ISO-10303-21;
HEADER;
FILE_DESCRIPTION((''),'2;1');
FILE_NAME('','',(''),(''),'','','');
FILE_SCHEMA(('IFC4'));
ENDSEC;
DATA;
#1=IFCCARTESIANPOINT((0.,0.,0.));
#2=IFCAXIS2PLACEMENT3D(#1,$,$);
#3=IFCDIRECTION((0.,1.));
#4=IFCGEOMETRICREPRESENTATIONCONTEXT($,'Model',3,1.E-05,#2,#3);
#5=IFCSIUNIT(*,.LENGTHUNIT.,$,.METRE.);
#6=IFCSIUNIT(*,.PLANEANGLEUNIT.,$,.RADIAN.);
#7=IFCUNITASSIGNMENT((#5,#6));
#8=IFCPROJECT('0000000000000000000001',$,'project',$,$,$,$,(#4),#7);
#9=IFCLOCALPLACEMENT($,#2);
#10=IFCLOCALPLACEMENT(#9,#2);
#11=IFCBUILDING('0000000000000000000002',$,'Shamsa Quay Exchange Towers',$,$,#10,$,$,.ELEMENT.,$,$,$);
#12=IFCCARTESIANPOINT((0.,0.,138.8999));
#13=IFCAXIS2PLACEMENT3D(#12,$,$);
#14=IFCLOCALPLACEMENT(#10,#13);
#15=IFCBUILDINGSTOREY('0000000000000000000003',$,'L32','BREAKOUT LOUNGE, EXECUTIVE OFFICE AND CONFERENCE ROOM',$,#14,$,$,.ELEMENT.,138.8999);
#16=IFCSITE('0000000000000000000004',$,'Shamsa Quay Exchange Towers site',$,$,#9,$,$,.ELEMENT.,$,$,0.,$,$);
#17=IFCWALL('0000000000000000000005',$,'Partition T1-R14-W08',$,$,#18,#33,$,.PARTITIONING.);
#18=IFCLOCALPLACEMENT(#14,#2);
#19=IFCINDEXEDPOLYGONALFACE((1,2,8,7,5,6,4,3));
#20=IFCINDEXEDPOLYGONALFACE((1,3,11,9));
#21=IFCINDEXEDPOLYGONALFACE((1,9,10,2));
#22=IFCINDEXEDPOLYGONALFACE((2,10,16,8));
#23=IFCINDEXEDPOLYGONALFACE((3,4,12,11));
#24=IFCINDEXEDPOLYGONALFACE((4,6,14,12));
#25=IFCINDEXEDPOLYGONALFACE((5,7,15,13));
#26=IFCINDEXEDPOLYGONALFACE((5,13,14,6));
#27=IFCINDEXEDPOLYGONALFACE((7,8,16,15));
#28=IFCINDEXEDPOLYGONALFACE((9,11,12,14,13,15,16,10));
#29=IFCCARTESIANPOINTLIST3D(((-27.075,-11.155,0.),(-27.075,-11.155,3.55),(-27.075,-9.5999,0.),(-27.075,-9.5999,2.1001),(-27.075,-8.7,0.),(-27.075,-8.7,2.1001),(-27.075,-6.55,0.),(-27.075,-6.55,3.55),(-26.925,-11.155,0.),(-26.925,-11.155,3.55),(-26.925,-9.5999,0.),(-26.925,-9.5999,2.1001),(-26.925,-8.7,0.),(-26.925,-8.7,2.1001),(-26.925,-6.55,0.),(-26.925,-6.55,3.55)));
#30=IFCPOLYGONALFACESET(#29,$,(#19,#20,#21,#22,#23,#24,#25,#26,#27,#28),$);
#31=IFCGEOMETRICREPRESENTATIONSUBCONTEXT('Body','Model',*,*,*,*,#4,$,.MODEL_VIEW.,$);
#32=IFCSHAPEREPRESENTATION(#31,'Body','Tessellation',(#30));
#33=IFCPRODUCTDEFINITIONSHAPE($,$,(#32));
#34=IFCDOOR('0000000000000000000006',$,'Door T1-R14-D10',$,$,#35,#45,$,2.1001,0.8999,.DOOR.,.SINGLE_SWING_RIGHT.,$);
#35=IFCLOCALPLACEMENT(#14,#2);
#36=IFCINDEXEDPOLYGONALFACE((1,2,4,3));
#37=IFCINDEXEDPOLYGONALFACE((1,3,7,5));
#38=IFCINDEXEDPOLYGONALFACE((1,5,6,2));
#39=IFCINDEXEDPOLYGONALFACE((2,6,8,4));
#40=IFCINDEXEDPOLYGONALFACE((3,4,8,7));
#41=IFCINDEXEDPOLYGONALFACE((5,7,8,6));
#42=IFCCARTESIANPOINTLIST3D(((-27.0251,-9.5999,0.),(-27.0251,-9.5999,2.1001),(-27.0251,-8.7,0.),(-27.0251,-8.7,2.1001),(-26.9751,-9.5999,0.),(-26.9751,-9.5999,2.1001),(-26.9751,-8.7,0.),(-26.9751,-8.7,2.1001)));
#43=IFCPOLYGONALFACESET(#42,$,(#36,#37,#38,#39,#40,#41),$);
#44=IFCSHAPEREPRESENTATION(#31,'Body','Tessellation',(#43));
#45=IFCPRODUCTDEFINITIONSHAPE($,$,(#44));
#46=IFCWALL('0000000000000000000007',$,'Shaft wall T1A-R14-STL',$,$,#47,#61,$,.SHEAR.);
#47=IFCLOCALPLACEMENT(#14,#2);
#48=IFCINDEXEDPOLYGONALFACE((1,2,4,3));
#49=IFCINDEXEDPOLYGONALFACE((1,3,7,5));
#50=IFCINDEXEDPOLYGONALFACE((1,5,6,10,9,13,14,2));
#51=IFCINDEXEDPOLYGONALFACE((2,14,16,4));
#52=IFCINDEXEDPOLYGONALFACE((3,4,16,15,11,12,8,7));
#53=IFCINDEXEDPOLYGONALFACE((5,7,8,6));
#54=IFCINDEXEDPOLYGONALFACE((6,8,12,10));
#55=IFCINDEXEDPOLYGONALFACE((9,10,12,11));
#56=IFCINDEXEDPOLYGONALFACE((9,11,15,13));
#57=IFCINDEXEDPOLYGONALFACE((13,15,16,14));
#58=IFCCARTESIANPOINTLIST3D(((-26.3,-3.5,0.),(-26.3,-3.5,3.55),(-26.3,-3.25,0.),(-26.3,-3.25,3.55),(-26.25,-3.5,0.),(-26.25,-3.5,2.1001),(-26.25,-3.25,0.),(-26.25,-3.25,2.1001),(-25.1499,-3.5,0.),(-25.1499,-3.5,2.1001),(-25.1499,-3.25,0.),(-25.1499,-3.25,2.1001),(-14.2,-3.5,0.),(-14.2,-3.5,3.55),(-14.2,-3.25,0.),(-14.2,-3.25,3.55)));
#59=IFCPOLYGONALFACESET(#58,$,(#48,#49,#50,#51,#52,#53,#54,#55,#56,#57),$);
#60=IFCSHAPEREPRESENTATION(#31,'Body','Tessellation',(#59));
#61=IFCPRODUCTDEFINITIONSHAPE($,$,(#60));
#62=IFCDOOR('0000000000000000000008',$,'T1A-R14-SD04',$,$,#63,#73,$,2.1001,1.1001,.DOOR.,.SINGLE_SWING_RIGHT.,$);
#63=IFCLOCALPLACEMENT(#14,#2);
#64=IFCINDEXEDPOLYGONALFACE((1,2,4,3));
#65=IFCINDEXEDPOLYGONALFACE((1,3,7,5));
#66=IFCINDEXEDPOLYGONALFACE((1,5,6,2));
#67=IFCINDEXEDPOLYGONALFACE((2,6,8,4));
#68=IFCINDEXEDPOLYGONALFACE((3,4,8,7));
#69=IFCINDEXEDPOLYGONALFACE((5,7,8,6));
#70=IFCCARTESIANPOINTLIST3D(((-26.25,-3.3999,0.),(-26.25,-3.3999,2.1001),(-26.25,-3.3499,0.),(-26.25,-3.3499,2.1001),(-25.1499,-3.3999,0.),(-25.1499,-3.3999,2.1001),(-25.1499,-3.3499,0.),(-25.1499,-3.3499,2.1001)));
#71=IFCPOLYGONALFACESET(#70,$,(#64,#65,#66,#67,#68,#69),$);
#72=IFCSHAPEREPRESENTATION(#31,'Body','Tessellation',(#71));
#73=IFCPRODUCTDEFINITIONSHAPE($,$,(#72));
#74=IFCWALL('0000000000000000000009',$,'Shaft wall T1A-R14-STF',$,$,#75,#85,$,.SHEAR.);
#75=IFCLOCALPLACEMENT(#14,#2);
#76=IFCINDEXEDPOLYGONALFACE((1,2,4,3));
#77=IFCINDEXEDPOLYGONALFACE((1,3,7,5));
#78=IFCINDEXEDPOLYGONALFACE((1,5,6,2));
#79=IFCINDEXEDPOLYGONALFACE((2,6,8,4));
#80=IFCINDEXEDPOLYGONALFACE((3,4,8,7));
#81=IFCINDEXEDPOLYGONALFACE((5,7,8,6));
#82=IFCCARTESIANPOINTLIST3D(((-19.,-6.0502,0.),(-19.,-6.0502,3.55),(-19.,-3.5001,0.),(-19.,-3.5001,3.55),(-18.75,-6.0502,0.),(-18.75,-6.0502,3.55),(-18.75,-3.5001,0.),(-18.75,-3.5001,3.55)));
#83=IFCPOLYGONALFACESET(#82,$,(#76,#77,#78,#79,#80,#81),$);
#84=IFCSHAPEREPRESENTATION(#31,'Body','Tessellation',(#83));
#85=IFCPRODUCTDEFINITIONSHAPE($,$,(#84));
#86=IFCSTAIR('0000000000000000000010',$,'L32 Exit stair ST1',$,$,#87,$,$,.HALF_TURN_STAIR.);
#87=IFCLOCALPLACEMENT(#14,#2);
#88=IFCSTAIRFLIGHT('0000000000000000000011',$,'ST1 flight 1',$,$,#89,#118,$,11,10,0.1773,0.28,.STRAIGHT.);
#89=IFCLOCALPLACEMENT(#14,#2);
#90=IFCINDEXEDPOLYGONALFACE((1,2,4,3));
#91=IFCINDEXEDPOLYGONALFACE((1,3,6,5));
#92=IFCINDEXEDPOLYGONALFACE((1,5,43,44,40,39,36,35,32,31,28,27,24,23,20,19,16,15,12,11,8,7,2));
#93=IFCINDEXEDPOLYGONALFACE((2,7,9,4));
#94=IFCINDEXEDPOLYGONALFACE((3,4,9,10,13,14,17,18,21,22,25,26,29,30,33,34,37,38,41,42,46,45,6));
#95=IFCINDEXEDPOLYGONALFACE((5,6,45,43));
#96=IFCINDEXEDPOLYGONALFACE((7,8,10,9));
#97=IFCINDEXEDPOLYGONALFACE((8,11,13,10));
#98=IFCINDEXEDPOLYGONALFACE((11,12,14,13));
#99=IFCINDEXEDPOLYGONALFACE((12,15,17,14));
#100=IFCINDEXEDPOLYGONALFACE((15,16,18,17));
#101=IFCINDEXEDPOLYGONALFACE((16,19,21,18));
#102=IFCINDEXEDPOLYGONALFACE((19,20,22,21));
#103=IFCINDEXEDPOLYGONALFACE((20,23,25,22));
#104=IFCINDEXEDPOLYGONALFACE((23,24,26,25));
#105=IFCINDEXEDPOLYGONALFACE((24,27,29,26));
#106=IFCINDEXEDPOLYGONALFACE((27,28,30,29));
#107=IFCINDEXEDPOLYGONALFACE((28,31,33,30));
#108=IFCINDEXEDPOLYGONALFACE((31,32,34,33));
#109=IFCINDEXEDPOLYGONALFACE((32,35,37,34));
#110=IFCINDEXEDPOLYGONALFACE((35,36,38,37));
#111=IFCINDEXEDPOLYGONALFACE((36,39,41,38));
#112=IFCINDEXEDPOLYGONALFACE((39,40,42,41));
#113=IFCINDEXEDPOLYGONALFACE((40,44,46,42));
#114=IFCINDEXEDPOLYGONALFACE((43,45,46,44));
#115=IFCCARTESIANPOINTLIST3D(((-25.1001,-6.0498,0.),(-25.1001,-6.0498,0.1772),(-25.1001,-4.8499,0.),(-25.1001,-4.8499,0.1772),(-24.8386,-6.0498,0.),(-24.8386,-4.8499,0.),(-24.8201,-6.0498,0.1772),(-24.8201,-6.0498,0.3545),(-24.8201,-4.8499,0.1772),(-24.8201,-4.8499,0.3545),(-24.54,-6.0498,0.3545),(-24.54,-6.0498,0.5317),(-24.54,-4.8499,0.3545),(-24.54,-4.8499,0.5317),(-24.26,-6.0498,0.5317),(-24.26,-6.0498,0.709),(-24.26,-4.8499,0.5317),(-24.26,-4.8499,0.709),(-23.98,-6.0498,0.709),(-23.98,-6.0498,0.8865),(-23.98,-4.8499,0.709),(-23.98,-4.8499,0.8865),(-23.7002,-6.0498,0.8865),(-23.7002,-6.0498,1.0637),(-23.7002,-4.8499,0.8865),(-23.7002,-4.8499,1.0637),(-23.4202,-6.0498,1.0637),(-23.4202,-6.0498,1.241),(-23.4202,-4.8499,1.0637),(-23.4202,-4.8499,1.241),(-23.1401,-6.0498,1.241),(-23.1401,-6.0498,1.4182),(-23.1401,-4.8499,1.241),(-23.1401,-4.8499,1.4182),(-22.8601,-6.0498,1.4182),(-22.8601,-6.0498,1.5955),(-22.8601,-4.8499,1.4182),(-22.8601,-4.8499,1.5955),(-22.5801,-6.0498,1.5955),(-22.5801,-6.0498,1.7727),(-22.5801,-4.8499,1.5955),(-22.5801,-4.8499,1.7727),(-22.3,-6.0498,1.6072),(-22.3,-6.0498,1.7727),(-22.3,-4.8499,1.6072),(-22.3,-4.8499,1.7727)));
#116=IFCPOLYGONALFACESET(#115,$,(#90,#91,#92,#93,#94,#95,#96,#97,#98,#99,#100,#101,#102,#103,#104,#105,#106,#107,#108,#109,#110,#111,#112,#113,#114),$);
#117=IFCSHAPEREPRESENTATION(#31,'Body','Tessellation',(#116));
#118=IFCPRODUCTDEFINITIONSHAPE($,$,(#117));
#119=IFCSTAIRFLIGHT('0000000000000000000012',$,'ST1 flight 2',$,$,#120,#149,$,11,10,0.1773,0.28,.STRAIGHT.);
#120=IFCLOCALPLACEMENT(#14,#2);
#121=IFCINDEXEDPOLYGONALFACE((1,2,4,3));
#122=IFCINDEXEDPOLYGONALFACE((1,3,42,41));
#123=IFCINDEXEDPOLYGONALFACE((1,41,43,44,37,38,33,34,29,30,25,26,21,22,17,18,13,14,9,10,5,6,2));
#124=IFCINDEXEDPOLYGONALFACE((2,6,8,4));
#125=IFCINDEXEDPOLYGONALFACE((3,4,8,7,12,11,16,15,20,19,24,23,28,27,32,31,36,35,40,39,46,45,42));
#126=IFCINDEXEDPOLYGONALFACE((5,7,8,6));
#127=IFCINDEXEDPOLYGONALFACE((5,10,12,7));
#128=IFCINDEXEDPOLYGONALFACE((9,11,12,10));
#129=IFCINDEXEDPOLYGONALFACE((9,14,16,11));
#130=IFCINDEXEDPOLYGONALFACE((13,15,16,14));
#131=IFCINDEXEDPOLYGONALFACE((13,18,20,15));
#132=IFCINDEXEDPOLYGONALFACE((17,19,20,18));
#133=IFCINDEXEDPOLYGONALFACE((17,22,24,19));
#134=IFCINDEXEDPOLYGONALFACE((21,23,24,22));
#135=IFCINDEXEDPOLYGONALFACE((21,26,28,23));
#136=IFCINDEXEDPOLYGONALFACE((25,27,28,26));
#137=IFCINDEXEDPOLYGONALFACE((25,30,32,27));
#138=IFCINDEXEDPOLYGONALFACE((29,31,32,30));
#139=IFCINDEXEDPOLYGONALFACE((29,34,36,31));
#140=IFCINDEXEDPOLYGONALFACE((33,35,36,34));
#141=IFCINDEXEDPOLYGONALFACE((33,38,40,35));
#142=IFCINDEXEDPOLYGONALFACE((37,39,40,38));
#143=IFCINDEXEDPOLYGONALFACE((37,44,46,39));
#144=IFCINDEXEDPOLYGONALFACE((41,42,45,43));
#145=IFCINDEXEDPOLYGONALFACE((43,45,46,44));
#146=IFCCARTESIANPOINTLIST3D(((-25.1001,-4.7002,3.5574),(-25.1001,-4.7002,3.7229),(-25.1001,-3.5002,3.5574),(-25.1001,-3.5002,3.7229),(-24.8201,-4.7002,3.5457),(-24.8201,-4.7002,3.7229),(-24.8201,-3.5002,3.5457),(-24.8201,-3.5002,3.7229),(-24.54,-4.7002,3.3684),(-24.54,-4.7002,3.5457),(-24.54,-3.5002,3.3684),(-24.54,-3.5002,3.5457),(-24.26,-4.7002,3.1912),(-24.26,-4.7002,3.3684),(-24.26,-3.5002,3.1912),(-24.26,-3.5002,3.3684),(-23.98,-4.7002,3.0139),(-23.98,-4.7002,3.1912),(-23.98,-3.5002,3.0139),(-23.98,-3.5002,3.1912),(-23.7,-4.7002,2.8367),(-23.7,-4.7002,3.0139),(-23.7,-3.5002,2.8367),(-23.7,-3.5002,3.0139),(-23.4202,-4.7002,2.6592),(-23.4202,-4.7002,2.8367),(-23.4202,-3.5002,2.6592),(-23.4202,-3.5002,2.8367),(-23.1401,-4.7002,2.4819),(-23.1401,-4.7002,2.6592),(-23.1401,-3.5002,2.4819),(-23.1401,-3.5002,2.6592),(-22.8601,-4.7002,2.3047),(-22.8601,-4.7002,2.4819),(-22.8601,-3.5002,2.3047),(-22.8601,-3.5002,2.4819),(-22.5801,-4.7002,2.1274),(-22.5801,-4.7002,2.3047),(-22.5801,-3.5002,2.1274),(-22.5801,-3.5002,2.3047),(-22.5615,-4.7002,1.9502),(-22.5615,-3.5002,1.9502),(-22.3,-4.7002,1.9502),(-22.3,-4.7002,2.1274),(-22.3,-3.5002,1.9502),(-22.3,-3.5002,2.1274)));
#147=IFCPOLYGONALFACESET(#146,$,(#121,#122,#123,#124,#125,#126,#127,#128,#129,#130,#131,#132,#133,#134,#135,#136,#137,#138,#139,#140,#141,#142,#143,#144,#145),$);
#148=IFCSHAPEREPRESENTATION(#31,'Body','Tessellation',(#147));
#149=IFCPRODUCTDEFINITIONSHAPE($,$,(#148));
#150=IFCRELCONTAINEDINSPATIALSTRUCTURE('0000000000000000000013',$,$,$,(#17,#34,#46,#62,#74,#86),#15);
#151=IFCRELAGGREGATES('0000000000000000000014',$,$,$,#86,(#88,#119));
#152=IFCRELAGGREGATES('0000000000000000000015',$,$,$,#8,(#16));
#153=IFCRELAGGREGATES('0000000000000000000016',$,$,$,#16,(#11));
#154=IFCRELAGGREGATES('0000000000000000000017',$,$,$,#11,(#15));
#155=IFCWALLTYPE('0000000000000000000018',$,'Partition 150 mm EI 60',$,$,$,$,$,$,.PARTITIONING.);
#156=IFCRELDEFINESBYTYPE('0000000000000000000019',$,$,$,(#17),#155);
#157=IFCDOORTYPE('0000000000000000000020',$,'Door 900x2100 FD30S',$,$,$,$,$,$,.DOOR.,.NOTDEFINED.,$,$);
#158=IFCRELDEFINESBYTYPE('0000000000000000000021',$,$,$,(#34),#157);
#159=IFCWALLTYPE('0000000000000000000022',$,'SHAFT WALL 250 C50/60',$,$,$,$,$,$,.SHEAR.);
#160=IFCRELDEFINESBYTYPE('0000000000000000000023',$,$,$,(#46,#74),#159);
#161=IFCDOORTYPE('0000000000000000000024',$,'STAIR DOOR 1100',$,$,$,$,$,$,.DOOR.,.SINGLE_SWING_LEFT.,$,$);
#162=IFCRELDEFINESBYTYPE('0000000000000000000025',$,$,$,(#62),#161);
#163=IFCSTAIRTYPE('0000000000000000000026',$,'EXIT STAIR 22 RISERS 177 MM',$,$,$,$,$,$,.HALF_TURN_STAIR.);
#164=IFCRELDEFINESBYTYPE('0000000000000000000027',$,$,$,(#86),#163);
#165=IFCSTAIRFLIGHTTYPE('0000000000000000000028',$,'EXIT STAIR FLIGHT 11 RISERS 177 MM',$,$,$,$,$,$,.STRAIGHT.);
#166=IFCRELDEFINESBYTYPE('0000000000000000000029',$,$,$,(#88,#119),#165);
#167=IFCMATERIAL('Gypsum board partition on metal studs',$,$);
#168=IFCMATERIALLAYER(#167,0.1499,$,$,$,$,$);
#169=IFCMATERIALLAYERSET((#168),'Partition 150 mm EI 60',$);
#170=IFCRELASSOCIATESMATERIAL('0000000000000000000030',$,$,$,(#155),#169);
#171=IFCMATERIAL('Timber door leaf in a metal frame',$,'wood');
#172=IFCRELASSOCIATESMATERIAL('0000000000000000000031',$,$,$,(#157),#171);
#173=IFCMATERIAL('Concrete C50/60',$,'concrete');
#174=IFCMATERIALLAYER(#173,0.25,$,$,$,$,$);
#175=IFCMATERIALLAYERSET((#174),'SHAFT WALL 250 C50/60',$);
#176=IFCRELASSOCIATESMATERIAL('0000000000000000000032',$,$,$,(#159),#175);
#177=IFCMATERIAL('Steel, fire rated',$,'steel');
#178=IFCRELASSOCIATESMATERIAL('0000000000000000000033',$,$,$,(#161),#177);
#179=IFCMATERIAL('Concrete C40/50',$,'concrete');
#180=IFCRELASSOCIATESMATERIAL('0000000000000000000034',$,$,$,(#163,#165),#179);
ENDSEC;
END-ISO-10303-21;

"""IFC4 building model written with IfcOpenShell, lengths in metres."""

from ifc_helpers import new_model, si_unit, direction, frame, frame_2d, origin, place, context, subcontext, project, spatial, polyline, rectangle, outline, extrude, material, layer, layer_set, type_object, element, fill, aggregate, save


model = new_model("IFC4")

# Units and contexts
model_context = context("Model", 3, precision=1e-05, world=origin(), true_north=direction((0.0, 1.0)))
body_context = subcontext(model_context, "Body", "Model", "MODEL_VIEW")
ifc_project = project(units=[si_unit("LENGTHUNIT", "METRE"), si_unit("PLANEANGLEUNIT", "RADIAN")], contexts=[model_context])

# Site, building, storey
site_placement = place(None, origin())
site = spatial("IfcSite", under=ifc_project, at=site_placement, Name="Shamsa Quay Exchange Towers site", CompositionType="ELEMENT", RefElevation=0.0)
building_placement = place(site_placement, origin())
building = spatial("IfcBuilding", under=site, at=building_placement, Name="Shamsa Quay Exchange Towers", CompositionType="ELEMENT")
storey_placement = place(building_placement, frame((0.0, 0.0, 138.8999)))
storey = spatial("IfcBuildingStorey", under=building, at=storey_placement, Name="L32", Description="BREAKOUT LOUNGE, EXECUTIVE OFFICE AND CONFERENCE ROOM", CompositionType="ELEMENT", Elevation=138.8999)

# Walls, openings, doors
ifc_material_1 = material(Name="Gypsum board partition on metal studs")
ifc_layer_1 = layer(ifc_material_1, 0.1499)
ifc_layer_set_1 = layer_set([ifc_layer_1], Name="Partition 150 mm EI 60")
wall_type_1 = type_object("IfcWallType", Name="Partition 150 mm EI 60", PredefinedType="PARTITIONING", material=ifc_layer_set_1)
wall_1_placement = place(storey_placement, frame((-27.0, -6.55, 0.0), z_axis=(0.0, 0.0, 1.0), x_axis=(0.0, -1.0, 0.0)))
wall_1 = element("IfcWall", 1, at=wall_1_placement, inside=storey, type_object=wall_type_1, Name="Partition T1-R14-W08", PredefinedType="PARTITIONING", context=body_context, shape_type="SweptSolid", body=[
    extrude(rectangle(XDim=4.605, YDim=0.1499, at=frame_2d((2.3025, 0.0))), origin(), (0.0, 0.0, 1.0), 3.55),
])
opening_1_placement = place(wall_1_placement, frame((2.1499, 0.0, 0.0)))
opening_1 = element("IfcOpeningElement", 2, at=opening_1_placement, cuts=wall_1, PredefinedType="OPENING", context=body_context, shape_type="SweptSolid", body=[
    extrude(rectangle(XDim=0.8999, YDim=2.1001, at=frame_2d((0.45, 1.05))), frame((0.0, 0.085, 0.0), z_axis=(0.0, -1.0, 0.0), x_axis=(1.0, 0.0, 0.0)), (0.0, 0.0, 1.0), 0.1699),
])
ifc_material_2 = material(Name="Timber door leaf in a metal frame", Category="wood")
door_type_1 = type_object("IfcDoorType", Name="Door 900x2100 FD30S", OperationType="NOTDEFINED", PredefinedType="DOOR", material=ifc_material_2)
door_1_placement = place(opening_1_placement, origin())
door_1 = element("IfcDoor", 3, at=door_1_placement, inside=storey, type_object=door_type_1, Name="Door T1-R14-D10", OperationType="SINGLE_SWING_RIGHT", OverallHeight=2.1001, OverallWidth=0.8999, PredefinedType="DOOR", context=body_context, shape_type="SweptSolid", body=[
    extrude(rectangle(XDim=0.8999, YDim=2.1001, at=frame_2d((0.45, 1.05))), frame((0.0, 0.0249, 0.0), z_axis=(0.0, -1.0, 0.0), x_axis=(1.0, 0.0, 0.0)), (0.0, 0.0, 1.0), 0.05),
])
fill(opening_1, door_1)
ifc_material_3 = material(Name="Concrete C50/60", Category="concrete")
ifc_layer_2 = layer(ifc_material_3, 0.25)
ifc_layer_set_2 = layer_set([ifc_layer_2], Name="SHAFT WALL 250 C50/60")
wall_type_2 = type_object("IfcWallType", Name="SHAFT WALL 250 C50/60", PredefinedType="SHEAR", material=ifc_layer_set_2)
wall_2_placement = place(storey_placement, frame((-14.2, -3.375, 0.0), z_axis=(0.0, 0.0, 1.0), x_axis=(-1.0, 0.0, 0.0)))
wall_2 = element("IfcWall", 4, at=wall_2_placement, inside=storey, type_object=wall_type_2, Name="Shaft wall T1A-R14-STL", PredefinedType="SHEAR", context=body_context, shape_type="SweptSolid", body=[
    extrude(rectangle(XDim=12.1001, YDim=0.25, at=frame_2d((6.05, 0.0))), origin(), (0.0, 0.0, 1.0), 3.55),
])
opening_2_placement = place(wall_2_placement, frame((10.95, 0.0, 0.0)))
opening_2 = element("IfcOpeningElement", 5, at=opening_2_placement, cuts=wall_2, PredefinedType="OPENING", context=body_context, shape_type="SweptSolid", body=[
    extrude(rectangle(XDim=1.1001, YDim=2.1001, at=frame_2d((0.55, 1.05))), frame((0.0, 0.135, 0.0), z_axis=(0.0, -1.0, 0.0), x_axis=(1.0, 0.0, 0.0)), (0.0, 0.0, 1.0), 0.27),
])
ifc_material_4 = material(Name="Steel, fire rated", Category="steel")
door_type_2 = type_object("IfcDoorType", Name="STAIR DOOR 1100", OperationType="SINGLE_SWING_LEFT", PredefinedType="DOOR", material=ifc_material_4)
door_2_placement = place(opening_2_placement, origin())
door_2 = element("IfcDoor", 6, at=door_2_placement, inside=storey, type_object=door_type_2, Name="T1A-R14-SD04", OperationType="SINGLE_SWING_RIGHT", OverallHeight=2.1001, OverallWidth=1.1001, PredefinedType="DOOR", context=body_context, shape_type="SweptSolid", body=[
    extrude(rectangle(XDim=1.1001, YDim=2.1001, at=frame_2d((0.55, 1.05))), frame((0.0, 0.0249, 0.0), z_axis=(0.0, -1.0, 0.0), x_axis=(1.0, 0.0, 0.0)), (0.0, 0.0, 1.0), 0.05),
])
fill(opening_2, door_2)

# Wall
wall_3_placement = place(storey_placement, frame((-18.875, -6.05, 0.0), z_axis=(0.0, 0.0, 1.0), x_axis=(0.0, 1.0, 0.0)))
element("IfcWall", 7, at=wall_3_placement, inside=storey, type_object=wall_type_2, Name="Shaft wall T1A-R14-STF", PredefinedType="SHEAR", context=body_context, shape_type="SweptSolid", body=[
    extrude(rectangle(XDim=2.55, YDim=0.25, at=frame_2d((1.2749, 0.0))), origin(), (0.0, 0.0, 1.0), 3.55),
])

# Stair, stair flights
ifc_material_5 = material(Name="Concrete C40/50", Category="concrete")
stair_type = type_object("IfcStairType", Name="EXIT STAIR 22 RISERS 177 MM", PredefinedType="HALF_TURN_STAIR", material=ifc_material_5)
stair_placement = place(storey_placement, origin())
stair = element("IfcStair", 8, at=stair_placement, inside=storey, type_object=stair_type, Name="L32 Exit stair ST1", PredefinedType="HALF_TURN_STAIR")
stair_flight_type = type_object("IfcStairFlightType", Name="EXIT STAIR FLIGHT 11 RISERS 177 MM", PredefinedType="STRAIGHT", material=ifc_material_5)
stair_flight_1_placement = place(storey_placement, frame((-25.1001, -5.45, 0.0)))
stair_flight_1 = element("IfcStairFlight", 9, at=stair_flight_1_placement, type_object=stair_flight_type, Name="ST1 flight 1", NumberOfRisers=11, NumberOfTreads=10, PredefinedType="STRAIGHT", RiserHeight=0.1773, TreadLength=0.28, context=body_context, shape_type="SweptSolid", body=[
    extrude(outline(polyline([(0.0, 0.0), (0.0, 0.1772), (0.28, 0.1772), (0.28, 0.3545), (0.5601, 0.3545), (0.5601, 0.5317), (0.8401, 0.5317), (0.8401, 0.709), (1.1201, 0.709), (1.1201, 0.8865), (1.3999, 0.8865), (1.3999, 1.0637), (1.6799, 1.0637), (1.6799, 1.241), (1.96, 1.241), (1.96, 1.4182), (2.24, 1.4182), (2.24, 1.5955), (2.52, 1.5955), (2.52, 1.7727), (2.8, 1.7727), (2.8, 1.95), (2.8, 1.6072), (0.2615, 0.0), (0.0, 0.0)])), frame((0.0, 0.6001, 0.0), z_axis=(0.0, -1.0, 0.0), x_axis=(1.0, 0.0, 0.0)), (0.0, 0.0, 1.0), 1.2),
])
stair_flight_2_placement = place(storey_placement, frame((-22.3, -4.1001, 1.9502), z_axis=(0.0, 0.0, 1.0), x_axis=(-1.0, 0.0, 0.0)))
stair_flight_2 = element("IfcStairFlight", 10, at=stair_flight_2_placement, type_object=stair_flight_type, Name="ST1 flight 2", NumberOfRisers=11, NumberOfTreads=10, PredefinedType="STRAIGHT", RiserHeight=0.1773, TreadLength=0.28, context=body_context, shape_type="SweptSolid", body=[
    extrude(outline(polyline([(0.0, 0.0), (0.0, 0.1772), (0.28, 0.1772), (0.28, 0.3545), (0.5601, 0.3545), (0.5601, 0.5317), (0.8401, 0.5317), (0.8401, 0.709), (1.1201, 0.709), (1.1201, 0.8865), (1.3999, 0.8865), (1.3999, 1.0637), (1.6799, 1.0637), (1.6799, 1.241), (1.96, 1.241), (1.96, 1.4182), (2.24, 1.4182), (2.24, 1.5955), (2.52, 1.5955), (2.52, 1.7727), (2.8, 1.7727), (2.8, 1.95), (2.8, 1.6072), (0.2615, 0.0), (0.0, 0.0)])), frame((0.0, 0.6001, 0.0), z_axis=(0.0, -1.0, 0.0), x_axis=(1.0, 0.0, 0.0)), (0.0, 0.0, 1.0), 1.2),
])
aggregate(stair, [stair_flight_1, stair_flight_2])

save(model, "model.ifc")
